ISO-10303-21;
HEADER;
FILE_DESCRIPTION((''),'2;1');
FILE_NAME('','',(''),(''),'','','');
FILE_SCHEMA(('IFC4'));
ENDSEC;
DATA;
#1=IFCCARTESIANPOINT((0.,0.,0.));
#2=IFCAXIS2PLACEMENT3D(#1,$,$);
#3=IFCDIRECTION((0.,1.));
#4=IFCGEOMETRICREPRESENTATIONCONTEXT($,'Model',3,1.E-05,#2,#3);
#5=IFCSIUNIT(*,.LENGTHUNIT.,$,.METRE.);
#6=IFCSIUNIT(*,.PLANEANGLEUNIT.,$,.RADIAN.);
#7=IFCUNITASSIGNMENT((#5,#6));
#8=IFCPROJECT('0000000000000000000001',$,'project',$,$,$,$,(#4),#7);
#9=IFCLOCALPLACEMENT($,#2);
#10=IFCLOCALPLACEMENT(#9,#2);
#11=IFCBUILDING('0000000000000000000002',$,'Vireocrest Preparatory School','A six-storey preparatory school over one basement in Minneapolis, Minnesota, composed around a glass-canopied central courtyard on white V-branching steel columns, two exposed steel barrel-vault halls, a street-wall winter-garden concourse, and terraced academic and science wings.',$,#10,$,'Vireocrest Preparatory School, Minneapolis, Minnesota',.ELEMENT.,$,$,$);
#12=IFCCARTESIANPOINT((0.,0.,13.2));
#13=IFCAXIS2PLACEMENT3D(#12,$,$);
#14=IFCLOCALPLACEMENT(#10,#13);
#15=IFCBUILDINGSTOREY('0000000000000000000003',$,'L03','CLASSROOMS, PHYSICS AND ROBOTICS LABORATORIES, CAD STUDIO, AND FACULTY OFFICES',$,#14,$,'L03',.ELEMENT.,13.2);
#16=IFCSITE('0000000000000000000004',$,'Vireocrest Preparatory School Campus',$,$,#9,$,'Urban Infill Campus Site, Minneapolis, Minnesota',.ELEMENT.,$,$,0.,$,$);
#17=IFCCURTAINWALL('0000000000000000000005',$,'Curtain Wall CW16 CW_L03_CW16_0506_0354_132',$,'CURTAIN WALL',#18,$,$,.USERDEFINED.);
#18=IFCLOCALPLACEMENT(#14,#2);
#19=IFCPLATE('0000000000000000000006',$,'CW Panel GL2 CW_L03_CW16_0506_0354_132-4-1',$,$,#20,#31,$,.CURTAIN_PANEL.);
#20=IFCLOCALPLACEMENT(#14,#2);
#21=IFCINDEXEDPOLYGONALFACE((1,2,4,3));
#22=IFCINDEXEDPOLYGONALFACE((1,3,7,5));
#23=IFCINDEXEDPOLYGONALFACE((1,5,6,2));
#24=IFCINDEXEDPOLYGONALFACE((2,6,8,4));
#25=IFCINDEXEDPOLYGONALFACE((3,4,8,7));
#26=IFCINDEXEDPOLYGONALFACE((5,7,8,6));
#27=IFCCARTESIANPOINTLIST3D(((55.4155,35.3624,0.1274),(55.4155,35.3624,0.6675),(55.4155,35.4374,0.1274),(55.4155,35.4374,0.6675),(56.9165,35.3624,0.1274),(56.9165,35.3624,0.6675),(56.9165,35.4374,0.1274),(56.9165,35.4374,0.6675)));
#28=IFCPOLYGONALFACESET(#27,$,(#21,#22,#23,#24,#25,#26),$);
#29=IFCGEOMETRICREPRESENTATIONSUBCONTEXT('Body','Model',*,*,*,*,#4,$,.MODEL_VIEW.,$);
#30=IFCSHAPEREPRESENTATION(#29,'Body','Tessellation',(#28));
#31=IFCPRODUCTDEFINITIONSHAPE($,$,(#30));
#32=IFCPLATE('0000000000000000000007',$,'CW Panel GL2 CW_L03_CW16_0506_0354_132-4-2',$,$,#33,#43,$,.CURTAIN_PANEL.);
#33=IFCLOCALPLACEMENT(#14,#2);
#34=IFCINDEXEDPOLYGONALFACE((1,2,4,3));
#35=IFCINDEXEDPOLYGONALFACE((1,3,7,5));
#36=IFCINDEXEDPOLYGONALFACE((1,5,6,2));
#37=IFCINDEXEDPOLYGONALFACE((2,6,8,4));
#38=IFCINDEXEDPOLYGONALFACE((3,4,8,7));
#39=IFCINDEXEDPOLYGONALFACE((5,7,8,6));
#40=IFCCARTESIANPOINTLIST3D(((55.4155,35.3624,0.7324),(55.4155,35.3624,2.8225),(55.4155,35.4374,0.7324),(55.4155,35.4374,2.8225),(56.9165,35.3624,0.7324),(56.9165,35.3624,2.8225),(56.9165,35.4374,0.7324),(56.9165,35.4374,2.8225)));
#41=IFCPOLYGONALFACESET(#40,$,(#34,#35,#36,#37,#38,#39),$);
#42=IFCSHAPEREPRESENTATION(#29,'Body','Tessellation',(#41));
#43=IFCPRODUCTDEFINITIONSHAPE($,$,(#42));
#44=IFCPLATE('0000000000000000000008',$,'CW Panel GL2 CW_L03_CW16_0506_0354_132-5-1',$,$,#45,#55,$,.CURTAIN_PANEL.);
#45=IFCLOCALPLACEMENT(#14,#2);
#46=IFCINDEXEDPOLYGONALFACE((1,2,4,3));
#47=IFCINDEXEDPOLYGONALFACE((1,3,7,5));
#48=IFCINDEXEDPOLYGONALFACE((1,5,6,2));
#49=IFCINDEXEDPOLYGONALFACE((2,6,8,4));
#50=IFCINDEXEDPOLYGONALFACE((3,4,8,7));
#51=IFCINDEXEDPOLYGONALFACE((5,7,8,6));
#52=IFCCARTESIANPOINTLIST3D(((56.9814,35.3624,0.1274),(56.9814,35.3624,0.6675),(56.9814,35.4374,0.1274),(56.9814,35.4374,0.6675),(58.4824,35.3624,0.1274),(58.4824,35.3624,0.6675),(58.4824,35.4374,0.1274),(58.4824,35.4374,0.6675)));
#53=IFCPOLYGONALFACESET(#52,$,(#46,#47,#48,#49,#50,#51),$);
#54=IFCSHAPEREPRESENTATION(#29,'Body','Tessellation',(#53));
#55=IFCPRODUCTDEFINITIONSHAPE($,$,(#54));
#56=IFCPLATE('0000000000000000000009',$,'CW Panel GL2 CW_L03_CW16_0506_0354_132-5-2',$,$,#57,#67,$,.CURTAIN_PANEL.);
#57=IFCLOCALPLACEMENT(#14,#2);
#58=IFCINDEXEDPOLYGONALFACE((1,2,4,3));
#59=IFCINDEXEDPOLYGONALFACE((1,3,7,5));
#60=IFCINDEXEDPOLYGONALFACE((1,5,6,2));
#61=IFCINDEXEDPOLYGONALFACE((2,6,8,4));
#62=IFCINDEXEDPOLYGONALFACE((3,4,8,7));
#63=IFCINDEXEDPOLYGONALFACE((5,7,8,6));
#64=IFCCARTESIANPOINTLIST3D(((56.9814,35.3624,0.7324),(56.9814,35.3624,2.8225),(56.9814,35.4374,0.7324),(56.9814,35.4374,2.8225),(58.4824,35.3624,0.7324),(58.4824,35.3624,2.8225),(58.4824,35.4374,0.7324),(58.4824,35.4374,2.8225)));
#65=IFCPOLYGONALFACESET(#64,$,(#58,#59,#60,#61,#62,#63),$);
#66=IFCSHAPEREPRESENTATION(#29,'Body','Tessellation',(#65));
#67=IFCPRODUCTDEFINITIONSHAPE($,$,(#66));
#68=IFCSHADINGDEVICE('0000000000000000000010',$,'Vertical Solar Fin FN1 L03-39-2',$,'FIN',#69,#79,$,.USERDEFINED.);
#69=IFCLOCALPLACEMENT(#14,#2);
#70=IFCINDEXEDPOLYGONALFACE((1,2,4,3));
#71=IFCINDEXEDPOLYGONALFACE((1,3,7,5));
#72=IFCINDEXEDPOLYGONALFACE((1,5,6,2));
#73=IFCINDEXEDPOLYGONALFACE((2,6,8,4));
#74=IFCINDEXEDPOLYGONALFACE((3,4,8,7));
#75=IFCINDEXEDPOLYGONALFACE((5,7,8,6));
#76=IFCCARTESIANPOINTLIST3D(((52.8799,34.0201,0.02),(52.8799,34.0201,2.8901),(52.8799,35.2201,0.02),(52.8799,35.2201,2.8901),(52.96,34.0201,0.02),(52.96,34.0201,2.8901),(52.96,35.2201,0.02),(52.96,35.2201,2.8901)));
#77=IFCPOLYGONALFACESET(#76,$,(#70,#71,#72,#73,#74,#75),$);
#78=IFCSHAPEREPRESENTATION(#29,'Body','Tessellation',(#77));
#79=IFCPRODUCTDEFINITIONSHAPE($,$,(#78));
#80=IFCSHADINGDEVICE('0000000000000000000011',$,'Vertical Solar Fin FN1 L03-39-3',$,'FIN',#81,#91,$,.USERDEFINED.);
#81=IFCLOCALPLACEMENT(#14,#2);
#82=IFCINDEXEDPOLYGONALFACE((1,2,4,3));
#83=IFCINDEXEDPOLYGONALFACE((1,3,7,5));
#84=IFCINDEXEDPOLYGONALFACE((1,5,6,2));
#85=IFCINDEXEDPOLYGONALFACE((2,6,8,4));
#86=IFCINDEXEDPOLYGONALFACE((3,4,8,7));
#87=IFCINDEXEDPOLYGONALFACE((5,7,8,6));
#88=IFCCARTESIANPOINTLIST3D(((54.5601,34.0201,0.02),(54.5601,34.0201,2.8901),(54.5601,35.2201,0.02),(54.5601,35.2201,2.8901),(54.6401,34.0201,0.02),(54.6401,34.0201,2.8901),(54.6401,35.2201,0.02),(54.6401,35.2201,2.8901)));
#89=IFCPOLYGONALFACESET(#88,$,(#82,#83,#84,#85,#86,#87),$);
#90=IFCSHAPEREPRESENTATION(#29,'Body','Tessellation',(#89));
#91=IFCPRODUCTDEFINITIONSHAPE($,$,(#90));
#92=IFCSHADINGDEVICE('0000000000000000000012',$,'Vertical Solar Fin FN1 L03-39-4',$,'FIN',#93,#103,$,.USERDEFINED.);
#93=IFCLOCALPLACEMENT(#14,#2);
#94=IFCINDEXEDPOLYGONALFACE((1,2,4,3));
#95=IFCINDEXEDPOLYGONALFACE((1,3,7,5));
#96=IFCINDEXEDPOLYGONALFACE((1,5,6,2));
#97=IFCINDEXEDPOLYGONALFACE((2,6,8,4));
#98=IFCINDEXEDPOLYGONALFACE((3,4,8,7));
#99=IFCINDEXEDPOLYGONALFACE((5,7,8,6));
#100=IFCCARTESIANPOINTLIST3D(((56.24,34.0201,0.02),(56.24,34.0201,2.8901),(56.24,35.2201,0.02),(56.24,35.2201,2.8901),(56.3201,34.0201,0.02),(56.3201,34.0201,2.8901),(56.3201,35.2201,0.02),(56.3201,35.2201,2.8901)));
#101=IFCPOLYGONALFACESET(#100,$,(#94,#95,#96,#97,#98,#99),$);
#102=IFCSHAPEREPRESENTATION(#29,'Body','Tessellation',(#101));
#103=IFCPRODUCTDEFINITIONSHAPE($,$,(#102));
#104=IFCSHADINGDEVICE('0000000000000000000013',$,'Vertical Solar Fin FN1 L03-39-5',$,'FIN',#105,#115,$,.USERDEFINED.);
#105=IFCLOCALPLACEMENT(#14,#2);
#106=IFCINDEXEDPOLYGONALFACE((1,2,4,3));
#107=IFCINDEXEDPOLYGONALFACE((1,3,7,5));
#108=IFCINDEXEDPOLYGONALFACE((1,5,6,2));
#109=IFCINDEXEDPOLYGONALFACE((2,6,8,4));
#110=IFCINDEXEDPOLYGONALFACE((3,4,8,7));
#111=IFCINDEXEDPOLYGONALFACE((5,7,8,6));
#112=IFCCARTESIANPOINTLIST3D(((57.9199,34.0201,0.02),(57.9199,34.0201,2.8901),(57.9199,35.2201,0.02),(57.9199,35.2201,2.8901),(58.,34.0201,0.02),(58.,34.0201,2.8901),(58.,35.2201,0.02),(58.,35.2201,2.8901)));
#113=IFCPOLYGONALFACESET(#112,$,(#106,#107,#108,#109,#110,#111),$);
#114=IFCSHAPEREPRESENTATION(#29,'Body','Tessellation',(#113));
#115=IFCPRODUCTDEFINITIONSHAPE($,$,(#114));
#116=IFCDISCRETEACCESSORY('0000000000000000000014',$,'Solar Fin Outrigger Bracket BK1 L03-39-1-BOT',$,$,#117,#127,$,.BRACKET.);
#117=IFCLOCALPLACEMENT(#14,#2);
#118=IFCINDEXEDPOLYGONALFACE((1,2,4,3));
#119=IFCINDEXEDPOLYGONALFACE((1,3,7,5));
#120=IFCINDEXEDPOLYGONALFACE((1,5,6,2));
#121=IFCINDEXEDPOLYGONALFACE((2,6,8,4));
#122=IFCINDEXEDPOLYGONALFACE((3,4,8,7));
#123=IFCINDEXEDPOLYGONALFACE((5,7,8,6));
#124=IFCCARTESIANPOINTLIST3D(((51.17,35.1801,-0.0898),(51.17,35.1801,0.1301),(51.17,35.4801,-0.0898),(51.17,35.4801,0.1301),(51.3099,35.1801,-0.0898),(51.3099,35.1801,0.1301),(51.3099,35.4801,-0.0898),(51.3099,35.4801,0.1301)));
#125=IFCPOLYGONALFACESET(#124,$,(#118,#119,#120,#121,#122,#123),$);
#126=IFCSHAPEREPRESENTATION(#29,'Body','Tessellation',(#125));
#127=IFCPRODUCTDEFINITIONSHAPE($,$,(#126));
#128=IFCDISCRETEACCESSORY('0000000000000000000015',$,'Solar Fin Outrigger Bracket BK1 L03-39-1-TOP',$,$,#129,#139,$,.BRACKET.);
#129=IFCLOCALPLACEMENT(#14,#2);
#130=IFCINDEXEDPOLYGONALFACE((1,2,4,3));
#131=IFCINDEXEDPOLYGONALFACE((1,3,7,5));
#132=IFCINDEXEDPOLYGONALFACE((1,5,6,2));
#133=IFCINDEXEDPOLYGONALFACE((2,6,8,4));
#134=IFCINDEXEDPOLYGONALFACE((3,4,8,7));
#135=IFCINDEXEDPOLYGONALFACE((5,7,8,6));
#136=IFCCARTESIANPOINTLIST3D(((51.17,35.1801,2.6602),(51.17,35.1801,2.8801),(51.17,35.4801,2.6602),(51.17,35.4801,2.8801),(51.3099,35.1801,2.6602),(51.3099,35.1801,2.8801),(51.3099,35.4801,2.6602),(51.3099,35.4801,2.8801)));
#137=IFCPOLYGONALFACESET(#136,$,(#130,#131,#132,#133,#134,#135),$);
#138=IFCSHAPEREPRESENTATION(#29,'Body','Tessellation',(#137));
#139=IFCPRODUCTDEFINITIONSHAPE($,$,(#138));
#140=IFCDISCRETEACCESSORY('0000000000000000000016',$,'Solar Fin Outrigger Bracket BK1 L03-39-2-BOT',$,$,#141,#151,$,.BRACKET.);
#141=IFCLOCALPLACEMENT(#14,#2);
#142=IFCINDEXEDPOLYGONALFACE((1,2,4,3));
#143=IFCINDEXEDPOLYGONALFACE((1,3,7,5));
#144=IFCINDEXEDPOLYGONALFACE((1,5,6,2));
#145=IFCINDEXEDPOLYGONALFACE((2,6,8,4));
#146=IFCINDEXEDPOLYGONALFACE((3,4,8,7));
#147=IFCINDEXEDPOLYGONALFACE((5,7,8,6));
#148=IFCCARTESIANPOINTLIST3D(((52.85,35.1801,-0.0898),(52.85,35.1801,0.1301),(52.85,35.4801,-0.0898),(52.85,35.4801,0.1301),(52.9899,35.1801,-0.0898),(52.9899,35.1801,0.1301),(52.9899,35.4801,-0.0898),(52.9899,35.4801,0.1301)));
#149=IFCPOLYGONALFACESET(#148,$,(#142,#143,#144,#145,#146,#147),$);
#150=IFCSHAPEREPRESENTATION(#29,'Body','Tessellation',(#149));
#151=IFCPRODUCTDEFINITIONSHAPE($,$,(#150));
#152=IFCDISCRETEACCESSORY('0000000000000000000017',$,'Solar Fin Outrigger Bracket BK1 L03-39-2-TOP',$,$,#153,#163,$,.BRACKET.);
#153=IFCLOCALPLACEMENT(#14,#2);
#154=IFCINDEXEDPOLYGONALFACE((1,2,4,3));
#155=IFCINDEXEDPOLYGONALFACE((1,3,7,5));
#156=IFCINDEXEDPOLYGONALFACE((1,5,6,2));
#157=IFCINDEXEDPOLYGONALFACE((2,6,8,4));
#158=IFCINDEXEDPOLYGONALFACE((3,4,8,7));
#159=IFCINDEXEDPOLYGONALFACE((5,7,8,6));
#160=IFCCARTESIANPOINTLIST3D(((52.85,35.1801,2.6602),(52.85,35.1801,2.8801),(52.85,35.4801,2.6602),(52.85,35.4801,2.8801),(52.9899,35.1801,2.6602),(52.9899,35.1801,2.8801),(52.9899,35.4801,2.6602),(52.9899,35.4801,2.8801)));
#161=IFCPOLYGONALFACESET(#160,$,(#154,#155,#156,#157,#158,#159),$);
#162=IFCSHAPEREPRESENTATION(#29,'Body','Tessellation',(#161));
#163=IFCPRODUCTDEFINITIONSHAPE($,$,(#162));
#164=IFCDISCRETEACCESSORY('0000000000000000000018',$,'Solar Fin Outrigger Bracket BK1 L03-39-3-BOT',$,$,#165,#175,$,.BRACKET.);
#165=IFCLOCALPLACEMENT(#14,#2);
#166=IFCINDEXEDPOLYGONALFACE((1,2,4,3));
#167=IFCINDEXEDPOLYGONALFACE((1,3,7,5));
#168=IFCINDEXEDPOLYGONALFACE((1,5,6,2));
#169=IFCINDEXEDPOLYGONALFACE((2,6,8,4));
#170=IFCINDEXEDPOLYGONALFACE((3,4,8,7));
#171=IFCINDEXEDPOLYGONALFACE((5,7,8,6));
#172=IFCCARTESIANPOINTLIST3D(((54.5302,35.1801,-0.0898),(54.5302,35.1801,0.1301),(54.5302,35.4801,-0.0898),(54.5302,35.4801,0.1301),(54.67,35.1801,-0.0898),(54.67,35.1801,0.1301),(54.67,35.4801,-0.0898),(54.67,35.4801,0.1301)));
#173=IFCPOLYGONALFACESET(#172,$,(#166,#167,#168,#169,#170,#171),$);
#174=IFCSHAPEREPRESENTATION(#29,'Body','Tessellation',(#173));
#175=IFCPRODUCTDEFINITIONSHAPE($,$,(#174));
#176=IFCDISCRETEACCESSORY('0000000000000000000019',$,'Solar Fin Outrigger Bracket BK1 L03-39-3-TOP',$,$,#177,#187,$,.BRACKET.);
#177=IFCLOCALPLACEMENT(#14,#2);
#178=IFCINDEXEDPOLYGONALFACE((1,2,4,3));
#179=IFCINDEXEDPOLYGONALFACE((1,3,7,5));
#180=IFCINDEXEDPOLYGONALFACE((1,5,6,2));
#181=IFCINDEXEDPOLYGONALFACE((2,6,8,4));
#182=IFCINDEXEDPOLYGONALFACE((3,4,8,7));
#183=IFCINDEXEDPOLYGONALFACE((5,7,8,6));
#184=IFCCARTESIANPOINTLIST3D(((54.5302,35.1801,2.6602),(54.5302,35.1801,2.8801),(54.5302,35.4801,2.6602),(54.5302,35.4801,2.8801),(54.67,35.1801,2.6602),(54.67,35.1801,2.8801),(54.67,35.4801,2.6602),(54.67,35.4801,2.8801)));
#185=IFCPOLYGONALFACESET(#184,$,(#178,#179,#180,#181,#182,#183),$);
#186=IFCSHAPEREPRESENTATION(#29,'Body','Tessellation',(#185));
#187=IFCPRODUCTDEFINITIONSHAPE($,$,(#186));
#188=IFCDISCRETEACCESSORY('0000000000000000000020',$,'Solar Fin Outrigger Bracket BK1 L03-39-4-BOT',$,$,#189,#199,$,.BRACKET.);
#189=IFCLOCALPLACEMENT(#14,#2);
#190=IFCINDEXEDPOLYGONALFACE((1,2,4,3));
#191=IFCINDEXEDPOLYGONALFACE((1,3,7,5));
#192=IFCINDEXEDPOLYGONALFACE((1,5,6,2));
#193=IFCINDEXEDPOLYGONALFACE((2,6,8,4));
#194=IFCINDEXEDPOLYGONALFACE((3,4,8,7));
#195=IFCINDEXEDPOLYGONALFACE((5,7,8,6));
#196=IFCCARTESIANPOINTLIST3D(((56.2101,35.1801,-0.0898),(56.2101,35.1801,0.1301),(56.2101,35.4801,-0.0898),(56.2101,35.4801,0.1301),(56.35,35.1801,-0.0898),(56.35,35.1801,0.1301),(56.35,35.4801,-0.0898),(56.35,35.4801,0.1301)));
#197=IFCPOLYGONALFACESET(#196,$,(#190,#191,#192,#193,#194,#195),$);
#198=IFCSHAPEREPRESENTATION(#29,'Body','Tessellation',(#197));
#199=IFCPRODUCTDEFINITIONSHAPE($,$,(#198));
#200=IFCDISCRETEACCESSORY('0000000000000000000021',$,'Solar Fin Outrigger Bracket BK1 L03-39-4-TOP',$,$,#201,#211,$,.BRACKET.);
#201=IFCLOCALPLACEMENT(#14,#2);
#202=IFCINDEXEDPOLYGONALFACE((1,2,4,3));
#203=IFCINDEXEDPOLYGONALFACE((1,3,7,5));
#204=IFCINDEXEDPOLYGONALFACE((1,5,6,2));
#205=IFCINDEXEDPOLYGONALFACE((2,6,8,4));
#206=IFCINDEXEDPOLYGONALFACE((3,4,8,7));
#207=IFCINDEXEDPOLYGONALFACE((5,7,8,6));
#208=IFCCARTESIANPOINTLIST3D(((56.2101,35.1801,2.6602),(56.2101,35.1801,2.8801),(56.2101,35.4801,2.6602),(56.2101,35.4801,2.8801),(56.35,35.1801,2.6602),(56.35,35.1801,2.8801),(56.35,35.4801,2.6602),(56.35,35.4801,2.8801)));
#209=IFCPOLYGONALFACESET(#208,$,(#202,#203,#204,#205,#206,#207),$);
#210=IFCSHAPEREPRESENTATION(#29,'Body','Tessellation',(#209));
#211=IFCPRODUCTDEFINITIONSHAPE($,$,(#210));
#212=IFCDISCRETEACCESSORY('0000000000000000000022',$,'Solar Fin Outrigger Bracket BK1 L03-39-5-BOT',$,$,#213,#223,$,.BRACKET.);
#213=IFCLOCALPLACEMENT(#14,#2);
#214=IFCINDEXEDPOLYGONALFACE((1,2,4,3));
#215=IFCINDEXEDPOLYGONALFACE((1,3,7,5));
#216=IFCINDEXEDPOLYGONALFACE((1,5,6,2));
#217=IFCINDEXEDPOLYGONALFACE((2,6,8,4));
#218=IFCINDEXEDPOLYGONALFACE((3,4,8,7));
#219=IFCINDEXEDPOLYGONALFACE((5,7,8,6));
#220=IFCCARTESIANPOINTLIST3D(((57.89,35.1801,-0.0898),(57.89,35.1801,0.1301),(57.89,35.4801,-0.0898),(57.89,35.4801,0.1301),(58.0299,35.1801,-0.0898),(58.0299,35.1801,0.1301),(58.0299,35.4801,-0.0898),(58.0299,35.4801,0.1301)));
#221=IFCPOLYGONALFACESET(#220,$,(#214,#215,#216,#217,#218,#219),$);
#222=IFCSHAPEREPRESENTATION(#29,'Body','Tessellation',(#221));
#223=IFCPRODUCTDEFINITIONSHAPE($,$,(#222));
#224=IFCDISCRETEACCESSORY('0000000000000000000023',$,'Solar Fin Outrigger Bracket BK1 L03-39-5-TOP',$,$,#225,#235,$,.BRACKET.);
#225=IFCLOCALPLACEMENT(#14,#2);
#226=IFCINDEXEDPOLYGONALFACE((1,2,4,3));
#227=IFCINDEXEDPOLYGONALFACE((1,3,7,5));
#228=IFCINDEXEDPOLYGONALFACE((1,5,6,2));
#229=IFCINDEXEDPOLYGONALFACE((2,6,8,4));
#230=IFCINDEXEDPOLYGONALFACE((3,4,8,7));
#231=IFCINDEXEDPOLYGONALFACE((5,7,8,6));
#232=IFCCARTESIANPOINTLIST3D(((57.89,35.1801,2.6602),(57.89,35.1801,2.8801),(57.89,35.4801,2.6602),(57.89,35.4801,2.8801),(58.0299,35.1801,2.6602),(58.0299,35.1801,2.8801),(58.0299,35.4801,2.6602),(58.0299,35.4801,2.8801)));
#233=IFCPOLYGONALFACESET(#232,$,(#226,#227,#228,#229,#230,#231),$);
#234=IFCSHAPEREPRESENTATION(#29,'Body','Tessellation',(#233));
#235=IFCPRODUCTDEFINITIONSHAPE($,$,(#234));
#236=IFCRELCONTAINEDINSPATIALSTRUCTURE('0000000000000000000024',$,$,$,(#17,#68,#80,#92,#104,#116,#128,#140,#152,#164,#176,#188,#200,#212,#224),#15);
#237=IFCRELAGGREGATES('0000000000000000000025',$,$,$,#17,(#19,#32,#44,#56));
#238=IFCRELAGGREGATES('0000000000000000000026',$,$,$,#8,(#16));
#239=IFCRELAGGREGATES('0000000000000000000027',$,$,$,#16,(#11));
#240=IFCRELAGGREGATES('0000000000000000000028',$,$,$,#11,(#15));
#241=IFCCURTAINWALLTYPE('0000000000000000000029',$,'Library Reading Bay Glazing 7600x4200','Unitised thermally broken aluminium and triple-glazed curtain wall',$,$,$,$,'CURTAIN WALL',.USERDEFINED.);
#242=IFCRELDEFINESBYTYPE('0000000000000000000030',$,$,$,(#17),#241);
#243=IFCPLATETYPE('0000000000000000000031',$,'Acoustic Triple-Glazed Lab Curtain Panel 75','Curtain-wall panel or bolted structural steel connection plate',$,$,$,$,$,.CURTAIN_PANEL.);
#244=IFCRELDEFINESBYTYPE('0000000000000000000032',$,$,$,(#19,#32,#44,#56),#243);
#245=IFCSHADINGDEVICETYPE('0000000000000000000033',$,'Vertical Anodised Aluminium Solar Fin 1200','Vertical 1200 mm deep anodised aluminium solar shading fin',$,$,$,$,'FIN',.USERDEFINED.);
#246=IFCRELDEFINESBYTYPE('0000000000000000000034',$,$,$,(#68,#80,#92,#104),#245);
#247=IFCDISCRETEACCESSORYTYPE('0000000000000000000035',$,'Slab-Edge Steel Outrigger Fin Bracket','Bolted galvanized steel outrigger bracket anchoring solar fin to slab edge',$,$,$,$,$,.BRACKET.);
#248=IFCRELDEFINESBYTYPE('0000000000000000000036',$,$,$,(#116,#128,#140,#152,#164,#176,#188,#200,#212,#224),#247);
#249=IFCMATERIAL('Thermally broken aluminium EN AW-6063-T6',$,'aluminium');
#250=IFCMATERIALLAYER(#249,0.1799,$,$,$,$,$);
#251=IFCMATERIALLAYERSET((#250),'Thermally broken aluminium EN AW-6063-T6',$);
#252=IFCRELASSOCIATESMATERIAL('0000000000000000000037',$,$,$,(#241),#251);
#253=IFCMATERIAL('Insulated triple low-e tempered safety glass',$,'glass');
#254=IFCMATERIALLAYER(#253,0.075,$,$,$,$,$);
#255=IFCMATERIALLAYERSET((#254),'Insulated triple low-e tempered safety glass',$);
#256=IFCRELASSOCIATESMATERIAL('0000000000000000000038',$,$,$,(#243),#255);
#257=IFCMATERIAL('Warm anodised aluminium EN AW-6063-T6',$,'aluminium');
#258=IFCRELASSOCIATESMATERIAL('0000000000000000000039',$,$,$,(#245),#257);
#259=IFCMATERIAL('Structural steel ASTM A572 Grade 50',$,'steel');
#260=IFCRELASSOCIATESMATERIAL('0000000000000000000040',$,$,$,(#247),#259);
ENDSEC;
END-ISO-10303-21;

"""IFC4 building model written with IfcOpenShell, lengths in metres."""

from ifc_helpers import new_model, si_unit, direction, frame, origin, origin_2d, place, context, subcontext, project, spatial, rectangle, extrude, material, layer, layer_set, material_profile, profile_set, type_object, element, aggregate, save


model = new_model("IFC4")

# Units and contexts
model_context = context("Model", 3, precision=1e-05, world=origin(), true_north=direction((0.0, 1.0)))
body_context = subcontext(model_context, "Body", "Model", "MODEL_VIEW")
ifc_project = project(units=[si_unit("LENGTHUNIT", "METRE"), si_unit("PLANEANGLEUNIT", "RADIAN")], contexts=[model_context])

# Site, building, storey
site_placement = place(None, origin())
site = spatial("IfcSite", under=ifc_project, at=site_placement, Name="Vireocrest Preparatory School Campus", LongName="Urban Infill Campus Site, Minneapolis, Minnesota", CompositionType="ELEMENT", RefElevation=0.0)
building_placement = place(site_placement, origin())
building = spatial("IfcBuilding", under=site, at=building_placement, Name="Vireocrest Preparatory School", Description="A six-storey preparatory school over one basement in Minneapolis, Minnesota, composed around a glass-canopied central courtyard on white V-branching steel columns, two exposed steel barrel-vault halls, a street-wall winter-garden concourse, and terraced academic and science wings.", LongName="Vireocrest Preparatory School, Minneapolis, Minnesota", CompositionType="ELEMENT")
storey_placement = place(building_placement, frame((0.0, 0.0, 13.2)))
storey = spatial("IfcBuildingStorey", under=building, at=storey_placement, Name="L03", Description="CLASSROOMS, PHYSICS AND ROBOTICS LABORATORIES, CAD STUDIO, AND FACULTY OFFICES", LongName="L03", CompositionType="ELEMENT", Elevation=13.2)

# Curtain wall
ifc_material_1 = material(Name="Thermally broken aluminium EN AW-6063-T6", Category="aluminium")
ifc_layer_1 = layer(ifc_material_1, 0.1799)
ifc_layer_set_1 = layer_set([ifc_layer_1], Name="Thermally broken aluminium EN AW-6063-T6")
curtain_wall_type = type_object("IfcCurtainWallType", Name="Library Reading Bay Glazing 7600x4200", Description="Unitised thermally broken aluminium and triple-glazed curtain wall", ElementType="CURTAIN WALL", PredefinedType="USERDEFINED", material=ifc_layer_set_1)
curtain_wall_placement = place(storey_placement, origin())
curtain_wall = element("IfcCurtainWall", 1, at=curtain_wall_placement, inside=storey, type_object=curtain_wall_type, Name="Curtain Wall CW16 CW_L03_CW16_0506_0354_132", ObjectType="CURTAIN WALL", PredefinedType="USERDEFINED")

# Plates
ifc_material_2 = material(Name="Insulated triple low-e tempered safety glass", Category="glass")
ifc_layer_2 = layer(ifc_material_2, 0.075)
ifc_layer_set_2 = layer_set([ifc_layer_2], Name="Insulated triple low-e tempered safety glass")
plate_type = type_object("IfcPlateType", Name="Acoustic Triple-Glazed Lab Curtain Panel 75", Description="Curtain-wall panel or bolted structural steel connection plate", PredefinedType="CURTAIN_PANEL", material=ifc_layer_set_2)
plate_1_placement = place(storey_placement, frame((56.166, 35.3999, 0.1274), z_axis=(0.0, 0.0, 1.0), x_axis=(1.0, 0.0, 0.0)))
plate_1 = element("IfcPlate", 2, at=plate_1_placement, type_object=plate_type, Name="CW Panel GL2 CW_L03_CW16_0506_0354_132-4-1", PredefinedType="CURTAIN_PANEL", context=body_context, shape_type="SweptSolid", body=[
    extrude(rectangle(XDim=1.501, YDim=0.075, at=origin_2d()), origin(), (0.0, 0.0, 1.0), 0.54),
])
plate_2_placement = place(storey_placement, frame((56.166, 35.3999, 0.7324), z_axis=(0.0, 0.0, 1.0), x_axis=(1.0, 0.0, 0.0)))
plate_2 = element("IfcPlate", 3, at=plate_2_placement, type_object=plate_type, Name="CW Panel GL2 CW_L03_CW16_0506_0354_132-4-2", PredefinedType="CURTAIN_PANEL", context=body_context, shape_type="SweptSolid", body=[
    extrude(rectangle(XDim=1.501, YDim=0.075, at=origin_2d()), origin(), (0.0, 0.0, 1.0), 2.0901),
])
plate_3_placement = place(storey_placement, frame((57.7319, 35.3999, 0.1274), z_axis=(0.0, 0.0, 1.0), x_axis=(1.0, 0.0, 0.0)))
plate_3 = element("IfcPlate", 4, at=plate_3_placement, type_object=plate_type, Name="CW Panel GL2 CW_L03_CW16_0506_0354_132-5-1", PredefinedType="CURTAIN_PANEL", context=body_context, shape_type="SweptSolid", body=[
    extrude(rectangle(XDim=1.501, YDim=0.075, at=origin_2d()), origin(), (0.0, 0.0, 1.0), 0.54),
])
plate_4_placement = place(storey_placement, frame((57.7319, 35.3999, 0.7324), z_axis=(0.0, 0.0, 1.0), x_axis=(1.0, 0.0, 0.0)))
plate_4 = element("IfcPlate", 5, at=plate_4_placement, type_object=plate_type, Name="CW Panel GL2 CW_L03_CW16_0506_0354_132-5-2", PredefinedType="CURTAIN_PANEL", context=body_context, shape_type="SweptSolid", body=[
    extrude(rectangle(XDim=1.501, YDim=0.075, at=origin_2d()), origin(), (0.0, 0.0, 1.0), 2.0901),
])
aggregate(curtain_wall, [plate_1, plate_2, plate_3, plate_4])

# Shading devices
ifc_material_3 = material(Name="Warm anodised aluminium EN AW-6063-T6", Category="aluminium")
ifc_material_profile_1 = material_profile(ifc_material_3, rectangle(XDim=0.0801, YDim=1.2, at=origin_2d()), Name="FIN 80x1200")
ifc_profile_set_1 = profile_set([ifc_material_profile_1], Name="Warm anodised aluminium EN AW-6063-T6")
shading_device_type = type_object("IfcShadingDeviceType", Name="Vertical Anodised Aluminium Solar Fin 1200", Description="Vertical 1200 mm deep anodised aluminium solar shading fin", ElementType="FIN", PredefinedType="USERDEFINED", material=ifc_profile_set_1)
for number, where, z_axis, x_axis, name in (
    (6, (52.9199, 34.6201, 0.02), (0.0, 0.0, 1.0), (-1.0, 0.0, 0.0), "Vertical Solar Fin FN1 L03-39-2"),
    (7, (54.6001, 34.6201, 0.02), (0.0, 0.0, 1.0), (-1.0, 0.0, 0.0), "Vertical Solar Fin FN1 L03-39-3"),
    (8, (56.28, 34.6201, 0.02), (0.0, 0.0, 1.0), (-1.0, 0.0, 0.0), "Vertical Solar Fin FN1 L03-39-4"),
    (9, (57.96, 34.6201, 0.02), (0.0, 0.0, 1.0), (-1.0, 0.0, 0.0), "Vertical Solar Fin FN1 L03-39-5"),
):
    element("IfcShadingDevice", number, at=place(storey_placement, frame(where, z_axis=z_axis, x_axis=x_axis)), inside=storey, type_object=shading_device_type, Name=name, ObjectType="FIN", PredefinedType="USERDEFINED", context=body_context, shape_type="SweptSolid", body=[
        extrude(rectangle(XDim=0.0801, YDim=1.2, at=origin_2d()), origin(), (0.0, 0.0, 1.0), 2.8701),
    ])

# Discrete accessories
ifc_material_4 = material(Name="Structural steel ASTM A572 Grade 50", Category="steel")
discrete_accessory_type = type_object("IfcDiscreteAccessoryType", Name="Slab-Edge Steel Outrigger Fin Bracket", Description="Bolted galvanized steel outrigger bracket anchoring solar fin to slab edge", PredefinedType="BRACKET", material=ifc_material_4)
for number, where, z_axis, x_axis, name in (
    (10, (51.24, 35.3301, -0.0898), (0.0, 0.0, 1.0), (-1.0, 0.0, 0.0), "Solar Fin Outrigger Bracket BK1 L03-39-1-BOT"),
    (11, (51.24, 35.3301, 2.6602), (0.0, 0.0, 1.0), (-1.0, 0.0, 0.0), "Solar Fin Outrigger Bracket BK1 L03-39-1-TOP"),
    (12, (52.9199, 35.3301, -0.0898), (0.0, 0.0, 1.0), (-1.0, 0.0, 0.0), "Solar Fin Outrigger Bracket BK1 L03-39-2-BOT"),
    (13, (52.9199, 35.3301, 2.6602), (0.0, 0.0, 1.0), (-1.0, 0.0, 0.0), "Solar Fin Outrigger Bracket BK1 L03-39-2-TOP"),
    (14, (54.6001, 35.3301, -0.0898), (0.0, 0.0, 1.0), (-1.0, 0.0, 0.0), "Solar Fin Outrigger Bracket BK1 L03-39-3-BOT"),
    (15, (54.6001, 35.3301, 2.6602), (0.0, 0.0, 1.0), (-1.0, 0.0, 0.0), "Solar Fin Outrigger Bracket BK1 L03-39-3-TOP"),
    (16, (56.28, 35.3301, -0.0898), (0.0, 0.0, 1.0), (-1.0, 0.0, 0.0), "Solar Fin Outrigger Bracket BK1 L03-39-4-BOT"),
    (17, (56.28, 35.3301, 2.6602), (0.0, 0.0, 1.0), (-1.0, 0.0, 0.0), "Solar Fin Outrigger Bracket BK1 L03-39-4-TOP"),
    (18, (57.96, 35.3301, -0.0898), (0.0, 0.0, 1.0), (-1.0, 0.0, 0.0), "Solar Fin Outrigger Bracket BK1 L03-39-5-BOT"),
    (19, (57.96, 35.3301, 2.6602), (0.0, 0.0, 1.0), (-1.0, 0.0, 0.0), "Solar Fin Outrigger Bracket BK1 L03-39-5-TOP"),
):
    element("IfcDiscreteAccessory", number, at=place(storey_placement, frame(where, z_axis=z_axis, x_axis=x_axis)), inside=storey, type_object=discrete_accessory_type, Name=name, PredefinedType="BRACKET", context=body_context, shape_type="SweptSolid", body=[
        extrude(rectangle(XDim=0.1399, YDim=0.3, at=origin_2d()), origin(), (0.0, 0.0, 1.0), 0.22),
    ])

save(model, "model.ifc")
